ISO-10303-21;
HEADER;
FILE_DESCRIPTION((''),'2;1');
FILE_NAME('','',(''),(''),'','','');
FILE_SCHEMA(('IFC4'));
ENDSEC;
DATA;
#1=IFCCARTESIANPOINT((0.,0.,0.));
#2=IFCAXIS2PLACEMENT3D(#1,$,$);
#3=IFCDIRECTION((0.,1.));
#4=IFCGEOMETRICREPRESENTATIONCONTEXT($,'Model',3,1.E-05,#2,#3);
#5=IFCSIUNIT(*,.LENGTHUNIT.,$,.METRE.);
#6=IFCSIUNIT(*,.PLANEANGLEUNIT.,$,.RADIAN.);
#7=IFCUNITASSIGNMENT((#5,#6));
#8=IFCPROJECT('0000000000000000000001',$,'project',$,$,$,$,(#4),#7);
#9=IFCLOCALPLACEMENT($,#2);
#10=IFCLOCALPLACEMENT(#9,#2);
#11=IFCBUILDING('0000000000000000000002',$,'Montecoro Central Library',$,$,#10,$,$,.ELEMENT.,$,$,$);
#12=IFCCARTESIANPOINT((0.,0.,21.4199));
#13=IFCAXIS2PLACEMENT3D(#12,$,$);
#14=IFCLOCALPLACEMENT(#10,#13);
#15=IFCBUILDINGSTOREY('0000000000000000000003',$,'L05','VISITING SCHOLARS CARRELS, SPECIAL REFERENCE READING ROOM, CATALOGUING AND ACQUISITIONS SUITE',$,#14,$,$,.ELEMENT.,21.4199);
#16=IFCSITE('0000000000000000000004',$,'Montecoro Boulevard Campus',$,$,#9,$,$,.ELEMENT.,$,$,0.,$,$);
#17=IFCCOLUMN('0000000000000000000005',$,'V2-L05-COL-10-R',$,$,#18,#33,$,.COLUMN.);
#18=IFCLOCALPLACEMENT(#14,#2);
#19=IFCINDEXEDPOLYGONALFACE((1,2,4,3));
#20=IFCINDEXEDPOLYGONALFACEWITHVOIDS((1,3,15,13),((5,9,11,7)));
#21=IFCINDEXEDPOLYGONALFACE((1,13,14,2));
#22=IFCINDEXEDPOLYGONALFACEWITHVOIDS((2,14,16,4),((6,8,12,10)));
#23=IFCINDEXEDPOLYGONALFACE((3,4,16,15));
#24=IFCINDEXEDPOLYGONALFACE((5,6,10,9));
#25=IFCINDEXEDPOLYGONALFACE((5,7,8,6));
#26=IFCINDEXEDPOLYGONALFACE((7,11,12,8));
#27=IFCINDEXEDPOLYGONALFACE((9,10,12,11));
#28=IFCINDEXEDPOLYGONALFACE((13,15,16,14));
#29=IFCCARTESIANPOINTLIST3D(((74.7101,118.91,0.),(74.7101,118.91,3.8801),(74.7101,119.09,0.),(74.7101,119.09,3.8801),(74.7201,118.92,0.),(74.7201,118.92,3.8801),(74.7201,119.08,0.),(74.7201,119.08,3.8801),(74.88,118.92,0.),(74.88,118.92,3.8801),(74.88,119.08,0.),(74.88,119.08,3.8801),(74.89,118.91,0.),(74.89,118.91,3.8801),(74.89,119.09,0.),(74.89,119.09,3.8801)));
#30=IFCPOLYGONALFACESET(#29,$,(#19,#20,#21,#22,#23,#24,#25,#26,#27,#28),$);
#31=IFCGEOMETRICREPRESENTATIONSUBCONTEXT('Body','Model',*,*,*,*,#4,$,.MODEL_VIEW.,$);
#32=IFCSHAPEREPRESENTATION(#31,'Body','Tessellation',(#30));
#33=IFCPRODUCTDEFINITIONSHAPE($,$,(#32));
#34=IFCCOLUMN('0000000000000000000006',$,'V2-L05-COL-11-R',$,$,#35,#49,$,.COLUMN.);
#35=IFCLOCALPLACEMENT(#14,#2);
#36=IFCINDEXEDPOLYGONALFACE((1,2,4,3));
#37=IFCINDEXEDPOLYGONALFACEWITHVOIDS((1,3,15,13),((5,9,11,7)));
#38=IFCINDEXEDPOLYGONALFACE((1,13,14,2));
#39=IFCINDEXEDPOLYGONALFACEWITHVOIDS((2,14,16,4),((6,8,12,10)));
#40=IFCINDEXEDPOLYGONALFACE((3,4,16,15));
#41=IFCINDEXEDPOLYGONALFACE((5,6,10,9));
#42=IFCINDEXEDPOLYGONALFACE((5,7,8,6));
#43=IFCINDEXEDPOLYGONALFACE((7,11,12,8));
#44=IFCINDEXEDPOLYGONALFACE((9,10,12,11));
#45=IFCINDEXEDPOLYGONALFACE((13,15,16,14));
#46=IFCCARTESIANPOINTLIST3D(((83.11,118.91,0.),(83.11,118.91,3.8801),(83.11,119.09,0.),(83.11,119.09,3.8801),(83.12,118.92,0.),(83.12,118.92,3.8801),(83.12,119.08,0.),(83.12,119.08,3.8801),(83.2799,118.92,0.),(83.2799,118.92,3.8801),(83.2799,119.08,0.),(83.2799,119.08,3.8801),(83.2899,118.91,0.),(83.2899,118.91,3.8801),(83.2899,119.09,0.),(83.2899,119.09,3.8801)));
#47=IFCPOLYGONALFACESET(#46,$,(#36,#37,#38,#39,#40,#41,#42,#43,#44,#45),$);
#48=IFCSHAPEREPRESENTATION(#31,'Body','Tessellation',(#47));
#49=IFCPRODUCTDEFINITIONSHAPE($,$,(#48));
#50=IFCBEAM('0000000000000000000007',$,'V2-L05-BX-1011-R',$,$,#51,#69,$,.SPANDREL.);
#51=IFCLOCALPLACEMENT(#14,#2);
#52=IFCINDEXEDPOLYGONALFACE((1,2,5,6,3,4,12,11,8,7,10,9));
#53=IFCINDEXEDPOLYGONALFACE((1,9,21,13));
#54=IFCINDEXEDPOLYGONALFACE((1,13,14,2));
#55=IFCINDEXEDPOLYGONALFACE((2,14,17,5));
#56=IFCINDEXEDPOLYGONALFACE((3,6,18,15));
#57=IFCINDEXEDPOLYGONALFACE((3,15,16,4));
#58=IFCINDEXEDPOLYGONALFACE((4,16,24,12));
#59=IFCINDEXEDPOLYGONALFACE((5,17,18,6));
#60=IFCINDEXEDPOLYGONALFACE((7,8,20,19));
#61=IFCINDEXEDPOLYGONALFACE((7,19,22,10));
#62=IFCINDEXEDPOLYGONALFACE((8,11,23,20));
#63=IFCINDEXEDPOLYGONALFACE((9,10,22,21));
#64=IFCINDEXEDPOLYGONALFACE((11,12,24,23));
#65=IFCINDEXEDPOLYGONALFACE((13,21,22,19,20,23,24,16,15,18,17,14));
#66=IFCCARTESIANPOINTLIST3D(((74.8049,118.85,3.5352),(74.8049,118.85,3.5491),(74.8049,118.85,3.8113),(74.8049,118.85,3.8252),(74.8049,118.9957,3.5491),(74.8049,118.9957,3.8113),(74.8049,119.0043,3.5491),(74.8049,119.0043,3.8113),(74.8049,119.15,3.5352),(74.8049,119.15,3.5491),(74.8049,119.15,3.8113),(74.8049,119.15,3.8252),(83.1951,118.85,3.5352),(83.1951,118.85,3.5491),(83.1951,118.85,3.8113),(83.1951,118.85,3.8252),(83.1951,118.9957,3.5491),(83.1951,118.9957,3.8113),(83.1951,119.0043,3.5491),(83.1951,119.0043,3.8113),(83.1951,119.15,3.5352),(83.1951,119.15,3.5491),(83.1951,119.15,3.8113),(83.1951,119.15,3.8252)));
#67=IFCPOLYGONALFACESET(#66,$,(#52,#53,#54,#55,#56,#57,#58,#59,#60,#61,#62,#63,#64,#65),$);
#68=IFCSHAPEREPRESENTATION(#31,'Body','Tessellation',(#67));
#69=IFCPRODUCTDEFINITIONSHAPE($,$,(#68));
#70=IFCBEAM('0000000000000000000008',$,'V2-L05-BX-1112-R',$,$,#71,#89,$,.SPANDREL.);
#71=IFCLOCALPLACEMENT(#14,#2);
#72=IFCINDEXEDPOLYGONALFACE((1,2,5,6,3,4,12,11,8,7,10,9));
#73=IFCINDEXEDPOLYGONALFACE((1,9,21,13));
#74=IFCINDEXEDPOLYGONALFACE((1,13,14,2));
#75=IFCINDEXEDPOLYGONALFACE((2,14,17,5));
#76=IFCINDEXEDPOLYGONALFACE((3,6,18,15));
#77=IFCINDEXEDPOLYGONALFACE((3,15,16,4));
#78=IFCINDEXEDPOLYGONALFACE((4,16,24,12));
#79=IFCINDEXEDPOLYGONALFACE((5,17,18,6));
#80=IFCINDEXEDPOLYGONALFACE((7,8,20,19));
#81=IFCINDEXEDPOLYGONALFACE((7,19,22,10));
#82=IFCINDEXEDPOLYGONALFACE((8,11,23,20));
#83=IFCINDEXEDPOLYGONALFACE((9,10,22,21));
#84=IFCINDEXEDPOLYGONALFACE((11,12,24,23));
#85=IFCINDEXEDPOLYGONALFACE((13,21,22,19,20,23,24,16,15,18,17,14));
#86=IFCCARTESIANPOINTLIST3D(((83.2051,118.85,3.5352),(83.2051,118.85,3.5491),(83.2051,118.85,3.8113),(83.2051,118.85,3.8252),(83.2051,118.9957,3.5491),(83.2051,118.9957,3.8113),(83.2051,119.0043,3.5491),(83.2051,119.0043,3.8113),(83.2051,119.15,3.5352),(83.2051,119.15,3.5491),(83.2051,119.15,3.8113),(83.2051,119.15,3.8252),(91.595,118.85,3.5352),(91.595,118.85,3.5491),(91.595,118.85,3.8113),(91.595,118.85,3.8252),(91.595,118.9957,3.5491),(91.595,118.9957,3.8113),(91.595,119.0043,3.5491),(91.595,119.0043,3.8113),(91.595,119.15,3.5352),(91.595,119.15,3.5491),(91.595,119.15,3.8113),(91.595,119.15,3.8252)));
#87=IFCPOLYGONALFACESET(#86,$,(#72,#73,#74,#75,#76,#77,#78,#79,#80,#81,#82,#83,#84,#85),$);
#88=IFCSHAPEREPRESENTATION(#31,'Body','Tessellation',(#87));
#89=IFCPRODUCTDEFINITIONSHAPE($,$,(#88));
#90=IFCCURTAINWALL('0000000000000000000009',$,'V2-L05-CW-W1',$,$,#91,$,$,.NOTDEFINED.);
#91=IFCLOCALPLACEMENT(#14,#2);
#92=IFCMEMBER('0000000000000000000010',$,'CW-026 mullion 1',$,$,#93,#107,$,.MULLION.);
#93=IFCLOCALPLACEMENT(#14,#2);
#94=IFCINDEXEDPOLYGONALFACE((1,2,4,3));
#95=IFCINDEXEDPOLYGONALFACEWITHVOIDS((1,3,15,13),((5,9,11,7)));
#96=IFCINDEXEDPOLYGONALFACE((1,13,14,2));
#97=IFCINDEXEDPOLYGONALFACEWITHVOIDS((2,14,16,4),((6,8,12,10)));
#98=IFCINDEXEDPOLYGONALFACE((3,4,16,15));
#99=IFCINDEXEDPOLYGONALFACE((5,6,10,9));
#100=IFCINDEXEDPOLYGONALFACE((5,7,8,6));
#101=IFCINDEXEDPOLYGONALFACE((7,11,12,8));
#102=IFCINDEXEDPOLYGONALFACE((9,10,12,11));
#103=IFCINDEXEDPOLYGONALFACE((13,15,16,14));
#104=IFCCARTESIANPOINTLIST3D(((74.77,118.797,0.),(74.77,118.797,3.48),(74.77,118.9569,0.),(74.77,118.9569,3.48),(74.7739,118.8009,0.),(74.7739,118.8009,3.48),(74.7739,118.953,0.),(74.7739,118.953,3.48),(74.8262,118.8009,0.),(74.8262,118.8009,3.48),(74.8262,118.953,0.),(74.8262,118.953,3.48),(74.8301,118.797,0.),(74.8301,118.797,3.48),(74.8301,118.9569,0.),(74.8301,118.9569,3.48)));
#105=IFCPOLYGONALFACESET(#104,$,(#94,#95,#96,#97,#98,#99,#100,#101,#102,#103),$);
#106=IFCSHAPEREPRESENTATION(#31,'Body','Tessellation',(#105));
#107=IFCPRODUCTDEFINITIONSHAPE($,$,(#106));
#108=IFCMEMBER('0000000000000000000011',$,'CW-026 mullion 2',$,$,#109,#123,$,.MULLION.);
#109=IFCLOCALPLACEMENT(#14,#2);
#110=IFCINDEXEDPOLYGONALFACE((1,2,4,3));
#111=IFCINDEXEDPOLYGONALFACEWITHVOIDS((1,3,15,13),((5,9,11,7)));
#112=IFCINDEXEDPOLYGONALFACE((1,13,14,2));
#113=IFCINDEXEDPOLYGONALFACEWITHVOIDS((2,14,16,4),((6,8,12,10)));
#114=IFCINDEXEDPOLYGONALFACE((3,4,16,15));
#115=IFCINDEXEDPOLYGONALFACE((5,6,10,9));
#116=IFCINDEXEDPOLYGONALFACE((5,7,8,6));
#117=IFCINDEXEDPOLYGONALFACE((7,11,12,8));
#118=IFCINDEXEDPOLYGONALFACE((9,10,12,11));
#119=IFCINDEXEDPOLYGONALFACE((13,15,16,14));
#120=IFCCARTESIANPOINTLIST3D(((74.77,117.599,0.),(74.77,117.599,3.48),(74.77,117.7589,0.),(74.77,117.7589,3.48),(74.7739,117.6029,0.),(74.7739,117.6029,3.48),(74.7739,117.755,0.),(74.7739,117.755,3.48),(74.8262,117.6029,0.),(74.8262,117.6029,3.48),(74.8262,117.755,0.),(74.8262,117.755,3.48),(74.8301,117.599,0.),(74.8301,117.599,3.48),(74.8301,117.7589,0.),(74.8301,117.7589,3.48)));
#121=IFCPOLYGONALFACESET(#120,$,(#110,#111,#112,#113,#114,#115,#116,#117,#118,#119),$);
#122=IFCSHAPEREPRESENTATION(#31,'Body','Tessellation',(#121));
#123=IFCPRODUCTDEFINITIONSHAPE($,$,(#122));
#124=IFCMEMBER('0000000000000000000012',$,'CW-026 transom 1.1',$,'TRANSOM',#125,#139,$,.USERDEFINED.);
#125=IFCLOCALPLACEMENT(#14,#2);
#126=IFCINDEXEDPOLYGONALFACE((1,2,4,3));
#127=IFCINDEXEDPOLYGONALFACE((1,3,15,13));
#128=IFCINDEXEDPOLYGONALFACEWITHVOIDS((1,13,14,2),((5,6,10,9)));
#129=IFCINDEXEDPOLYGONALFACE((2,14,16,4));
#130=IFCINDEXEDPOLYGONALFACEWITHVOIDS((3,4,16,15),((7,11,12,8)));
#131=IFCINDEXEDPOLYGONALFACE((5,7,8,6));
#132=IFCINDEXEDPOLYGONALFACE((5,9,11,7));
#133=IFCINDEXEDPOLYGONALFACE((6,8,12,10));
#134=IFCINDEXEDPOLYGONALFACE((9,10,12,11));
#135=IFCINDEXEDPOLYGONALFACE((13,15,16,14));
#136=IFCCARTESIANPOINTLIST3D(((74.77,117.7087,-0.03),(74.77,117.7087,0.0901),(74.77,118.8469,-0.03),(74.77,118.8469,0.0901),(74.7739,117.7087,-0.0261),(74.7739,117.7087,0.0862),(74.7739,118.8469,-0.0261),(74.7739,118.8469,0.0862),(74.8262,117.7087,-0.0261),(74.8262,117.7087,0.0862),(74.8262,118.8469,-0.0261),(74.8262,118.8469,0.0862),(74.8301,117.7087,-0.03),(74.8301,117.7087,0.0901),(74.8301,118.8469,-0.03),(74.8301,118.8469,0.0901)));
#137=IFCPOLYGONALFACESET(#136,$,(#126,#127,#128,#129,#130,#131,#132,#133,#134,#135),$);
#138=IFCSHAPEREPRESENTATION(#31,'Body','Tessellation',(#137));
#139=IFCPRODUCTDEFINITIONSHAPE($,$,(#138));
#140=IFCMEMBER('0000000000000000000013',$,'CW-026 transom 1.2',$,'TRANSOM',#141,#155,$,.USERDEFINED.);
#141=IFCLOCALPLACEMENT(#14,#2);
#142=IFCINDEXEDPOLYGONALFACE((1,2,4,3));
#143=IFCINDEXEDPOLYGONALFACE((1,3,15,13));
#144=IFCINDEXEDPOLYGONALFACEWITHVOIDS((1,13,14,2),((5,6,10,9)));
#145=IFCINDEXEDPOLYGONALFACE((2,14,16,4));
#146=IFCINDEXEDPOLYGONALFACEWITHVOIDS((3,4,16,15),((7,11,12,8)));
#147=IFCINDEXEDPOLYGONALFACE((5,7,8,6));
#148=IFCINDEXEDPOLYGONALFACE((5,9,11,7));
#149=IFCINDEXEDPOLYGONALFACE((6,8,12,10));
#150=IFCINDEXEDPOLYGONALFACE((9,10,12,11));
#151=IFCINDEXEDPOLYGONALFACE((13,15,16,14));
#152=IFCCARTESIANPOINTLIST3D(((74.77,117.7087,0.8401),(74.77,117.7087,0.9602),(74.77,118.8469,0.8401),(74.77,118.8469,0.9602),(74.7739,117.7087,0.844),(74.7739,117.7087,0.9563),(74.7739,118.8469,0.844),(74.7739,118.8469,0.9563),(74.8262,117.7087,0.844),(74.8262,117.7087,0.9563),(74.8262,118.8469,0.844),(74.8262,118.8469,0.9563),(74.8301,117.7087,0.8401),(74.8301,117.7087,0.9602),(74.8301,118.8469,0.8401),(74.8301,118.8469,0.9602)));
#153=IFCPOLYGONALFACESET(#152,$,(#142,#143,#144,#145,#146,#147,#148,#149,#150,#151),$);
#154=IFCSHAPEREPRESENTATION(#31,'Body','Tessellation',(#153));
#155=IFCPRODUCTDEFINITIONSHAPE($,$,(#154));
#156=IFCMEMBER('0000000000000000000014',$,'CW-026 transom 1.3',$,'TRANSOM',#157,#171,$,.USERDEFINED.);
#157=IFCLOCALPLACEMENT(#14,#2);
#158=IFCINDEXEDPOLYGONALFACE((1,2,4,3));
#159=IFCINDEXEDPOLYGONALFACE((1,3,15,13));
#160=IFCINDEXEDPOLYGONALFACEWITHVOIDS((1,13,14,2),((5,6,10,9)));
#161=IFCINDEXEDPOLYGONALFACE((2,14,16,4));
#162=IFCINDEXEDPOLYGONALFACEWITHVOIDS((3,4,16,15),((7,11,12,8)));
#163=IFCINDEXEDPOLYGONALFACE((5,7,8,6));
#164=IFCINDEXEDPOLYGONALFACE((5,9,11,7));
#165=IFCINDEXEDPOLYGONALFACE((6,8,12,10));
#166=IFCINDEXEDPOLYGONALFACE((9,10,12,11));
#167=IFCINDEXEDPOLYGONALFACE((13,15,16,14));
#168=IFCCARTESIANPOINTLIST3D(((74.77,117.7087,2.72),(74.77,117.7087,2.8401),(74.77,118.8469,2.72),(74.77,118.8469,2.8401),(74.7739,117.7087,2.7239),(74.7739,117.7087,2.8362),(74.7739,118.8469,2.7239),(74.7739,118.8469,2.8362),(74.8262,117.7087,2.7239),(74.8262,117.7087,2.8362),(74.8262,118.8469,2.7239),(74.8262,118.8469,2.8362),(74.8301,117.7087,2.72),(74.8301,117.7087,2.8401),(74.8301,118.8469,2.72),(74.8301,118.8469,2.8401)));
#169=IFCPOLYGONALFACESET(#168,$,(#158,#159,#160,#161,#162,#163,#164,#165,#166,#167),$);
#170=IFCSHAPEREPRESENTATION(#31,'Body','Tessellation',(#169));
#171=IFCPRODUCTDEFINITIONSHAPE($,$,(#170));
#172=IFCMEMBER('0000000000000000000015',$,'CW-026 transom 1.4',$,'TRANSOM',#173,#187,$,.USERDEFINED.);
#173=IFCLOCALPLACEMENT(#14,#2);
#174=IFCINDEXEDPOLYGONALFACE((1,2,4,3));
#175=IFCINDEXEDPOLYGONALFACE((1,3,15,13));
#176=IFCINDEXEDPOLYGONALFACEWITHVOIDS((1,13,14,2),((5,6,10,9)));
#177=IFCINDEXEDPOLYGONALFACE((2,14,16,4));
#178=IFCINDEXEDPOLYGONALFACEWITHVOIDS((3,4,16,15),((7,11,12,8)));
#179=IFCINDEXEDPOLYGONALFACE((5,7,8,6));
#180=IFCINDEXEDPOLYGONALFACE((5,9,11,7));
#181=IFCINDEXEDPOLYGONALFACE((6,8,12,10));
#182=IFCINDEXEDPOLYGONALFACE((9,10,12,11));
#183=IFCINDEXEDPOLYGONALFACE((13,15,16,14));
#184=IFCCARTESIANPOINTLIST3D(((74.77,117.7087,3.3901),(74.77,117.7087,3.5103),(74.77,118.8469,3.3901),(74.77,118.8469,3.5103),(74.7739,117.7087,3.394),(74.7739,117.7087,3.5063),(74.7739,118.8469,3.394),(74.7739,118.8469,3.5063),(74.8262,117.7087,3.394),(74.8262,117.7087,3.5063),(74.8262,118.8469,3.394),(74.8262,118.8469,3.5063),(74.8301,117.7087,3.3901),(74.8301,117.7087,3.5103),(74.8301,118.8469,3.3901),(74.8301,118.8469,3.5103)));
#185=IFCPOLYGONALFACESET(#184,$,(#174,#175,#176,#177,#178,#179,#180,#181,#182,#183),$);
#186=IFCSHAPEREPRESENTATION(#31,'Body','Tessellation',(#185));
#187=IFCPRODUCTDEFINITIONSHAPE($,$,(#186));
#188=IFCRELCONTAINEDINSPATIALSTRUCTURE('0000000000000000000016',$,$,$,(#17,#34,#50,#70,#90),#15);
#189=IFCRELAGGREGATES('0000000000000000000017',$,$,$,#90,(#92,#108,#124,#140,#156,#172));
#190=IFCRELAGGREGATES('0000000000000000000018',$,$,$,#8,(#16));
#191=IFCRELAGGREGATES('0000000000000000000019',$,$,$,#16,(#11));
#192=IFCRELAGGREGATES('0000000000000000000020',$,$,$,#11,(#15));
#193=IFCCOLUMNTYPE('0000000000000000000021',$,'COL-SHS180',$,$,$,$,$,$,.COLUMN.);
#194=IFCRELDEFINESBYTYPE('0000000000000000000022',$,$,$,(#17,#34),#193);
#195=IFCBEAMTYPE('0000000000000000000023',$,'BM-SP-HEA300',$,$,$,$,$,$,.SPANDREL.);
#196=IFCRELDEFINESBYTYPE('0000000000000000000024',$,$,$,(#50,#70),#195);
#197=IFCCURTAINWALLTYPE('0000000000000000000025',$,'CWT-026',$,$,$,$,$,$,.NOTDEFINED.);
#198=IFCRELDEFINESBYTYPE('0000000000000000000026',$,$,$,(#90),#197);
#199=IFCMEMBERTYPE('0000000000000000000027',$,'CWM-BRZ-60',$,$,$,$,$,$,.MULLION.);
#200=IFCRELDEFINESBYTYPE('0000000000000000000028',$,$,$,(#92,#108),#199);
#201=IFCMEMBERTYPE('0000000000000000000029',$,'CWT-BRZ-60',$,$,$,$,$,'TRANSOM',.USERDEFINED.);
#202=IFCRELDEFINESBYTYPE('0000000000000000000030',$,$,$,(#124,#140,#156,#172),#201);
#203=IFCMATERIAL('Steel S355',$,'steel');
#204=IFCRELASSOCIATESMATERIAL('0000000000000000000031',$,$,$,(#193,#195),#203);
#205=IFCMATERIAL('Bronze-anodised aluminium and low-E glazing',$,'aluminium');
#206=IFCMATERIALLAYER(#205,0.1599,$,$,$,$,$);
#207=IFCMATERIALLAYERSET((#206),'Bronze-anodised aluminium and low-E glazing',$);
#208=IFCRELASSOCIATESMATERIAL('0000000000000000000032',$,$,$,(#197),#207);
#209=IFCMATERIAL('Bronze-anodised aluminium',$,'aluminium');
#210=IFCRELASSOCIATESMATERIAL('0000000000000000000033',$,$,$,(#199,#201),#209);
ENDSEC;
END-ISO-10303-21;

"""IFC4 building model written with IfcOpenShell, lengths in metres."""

from ifc_helpers import new_model, si_unit, direction, frame, origin, origin_2d, place, context, subcontext, project, spatial, hollow_rectangle, i_section, extrude, material, layer, layer_set, material_profile, profile_set, type_object, element, aggregate, save


model = new_model("IFC4")

# Units and contexts
model_context = context("Model", 3, precision=1e-05, world=origin(), true_north=direction((0.0, 1.0)))
body_context = subcontext(model_context, "Body", "Model", "MODEL_VIEW")
ifc_project = project(units=[si_unit("LENGTHUNIT", "METRE"), si_unit("PLANEANGLEUNIT", "RADIAN")], contexts=[model_context])

# Site, building, storey
site_placement = place(None, origin())
site = spatial("IfcSite", under=ifc_project, at=site_placement, Name="Montecoro Boulevard Campus", CompositionType="ELEMENT", RefElevation=0.0)
building_placement = place(site_placement, origin())
building = spatial("IfcBuilding", under=site, at=building_placement, Name="Montecoro Central Library", CompositionType="ELEMENT")
storey_placement = place(building_placement, frame((0.0, 0.0, 21.4199)))
storey = spatial("IfcBuildingStorey", under=building, at=storey_placement, Name="L05", Description="VISITING SCHOLARS CARRELS, SPECIAL REFERENCE READING ROOM, CATALOGUING AND ACQUISITIONS SUITE", CompositionType="ELEMENT", Elevation=21.4199)

# Columns
ifc_material_1 = material(Name="Steel S355", Category="steel")
ifc_material_profile_1 = material_profile(ifc_material_1, hollow_rectangle(XDim=0.1799, YDim=0.1799, WallThickness=0.01, at=origin_2d()), Name="SHS 180x180x10.0")
ifc_profile_set_1 = profile_set([ifc_material_profile_1], Name="Steel S355")
column_type = type_object("IfcColumnType", Name="COL-SHS180", PredefinedType="COLUMN", material=ifc_profile_set_1)
for number, where, z_axis, x_axis, name in (
    (1, (74.8, 119.0, 0.0), (0.0, 0.0, 1.0), (1.0, 0.0, 0.0), "V2-L05-COL-10-R"),
    (2, (83.2, 119.0, 0.0), (0.0, 0.0, 1.0), (1.0, 0.0, 0.0), "V2-L05-COL-11-R"),
):
    element("IfcColumn", number, at=place(storey_placement, frame(where, z_axis=z_axis, x_axis=x_axis)), inside=storey, type_object=column_type, Name=name, PredefinedType="COLUMN", context=body_context, shape_type="SweptSolid", body=[
        extrude(hollow_rectangle(XDim=0.1799, YDim=0.1799, WallThickness=0.01, at=origin_2d()), origin(), (0.0, 0.0, 1.0), 3.8801),
    ])

# Beams
ifc_material_profile_2 = material_profile(ifc_material_1, i_section(OverallWidth=0.3, OverallDepth=0.29, WebThickness=0.0085, FlangeThickness=0.0139, at=origin_2d()), Name="HEA 300")
ifc_profile_set_2 = profile_set([ifc_material_profile_2], Name="Steel S355")
beam_type = type_object("IfcBeamType", Name="BM-SP-HEA300", PredefinedType="SPANDREL", material=ifc_profile_set_2)
beam_1_placement = place(storey_placement, frame((74.8049, 119.0, 3.6802), z_axis=(1.0, 0.0, 0.0), x_axis=(0.0, 1.0, 0.0)))
element("IfcBeam", 3, at=beam_1_placement, inside=storey, type_object=beam_type, Name="V2-L05-BX-1011-R", PredefinedType="SPANDREL", context=body_context, shape_type="SweptSolid", body=[
    extrude(i_section(OverallWidth=0.3, OverallDepth=0.29, WebThickness=0.0085, FlangeThickness=0.0139, at=origin_2d()), origin(), (0.0, 0.0, 1.0), 8.3901),
])
beam_2_placement = place(storey_placement, frame((83.2051, 119.0, 3.6802), z_axis=(1.0, 0.0, 0.0), x_axis=(0.0, 1.0, 0.0)))
element("IfcBeam", 4, at=beam_2_placement, inside=storey, type_object=beam_type, Name="V2-L05-BX-1112-R", PredefinedType="SPANDREL", context=body_context, shape_type="SweptSolid", body=[
    extrude(i_section(OverallWidth=0.3, OverallDepth=0.29, WebThickness=0.0085, FlangeThickness=0.0139, at=origin_2d()), origin(), (0.0, 0.0, 1.0), 8.3899),
])

# Curtain wall, members
ifc_material_2 = material(Name="Bronze-anodised aluminium and low-E glazing", Category="aluminium")
ifc_layer_1 = layer(ifc_material_2, 0.1599)
ifc_layer_set_1 = layer_set([ifc_layer_1], Name="Bronze-anodised aluminium and low-E glazing")
curtain_wall_type = type_object("IfcCurtainWallType", Name="CWT-026", PredefinedType="NOTDEFINED", material=ifc_layer_set_1)
curtain_wall_placement = place(storey_placement, origin())
curtain_wall = element("IfcCurtainWall", 5, at=curtain_wall_placement, inside=storey, type_object=curtain_wall_type, Name="V2-L05-CW-W1", PredefinedType="NOTDEFINED")
ifc_material_3 = material(Name="Bronze-anodised aluminium", Category="aluminium")
ifc_material_profile_3 = material_profile(ifc_material_3, hollow_rectangle(XDim=0.0601, YDim=0.1599, WallThickness=0.0039, at=origin_2d()), Name="CWM 160x60x4.0")
ifc_profile_set_3 = profile_set([ifc_material_profile_3], Name="Bronze-anodised aluminium")
member_type_1 = type_object("IfcMemberType", Name="CWM-BRZ-60", PredefinedType="MULLION", material=ifc_profile_set_3)
member_1_placement = place(storey_placement, frame((74.8, 118.877, 0.0), z_axis=(0.0, 0.0, 1.0), x_axis=(1.0, 0.0, 0.0)))
member_1 = element("IfcMember", 6, at=member_1_placement, type_object=member_type_1, Name="CW-026 mullion 1", PredefinedType="MULLION", context=body_context, shape_type="SweptSolid", body=[
    extrude(hollow_rectangle(XDim=0.0601, YDim=0.1599, WallThickness=0.0039, at=origin_2d()), origin(), (0.0, 0.0, 1.0), 3.48),
])
member_2_placement = place(storey_placement, frame((74.8, 117.679, 0.0), z_axis=(0.0, 0.0, 1.0), x_axis=(1.0, 0.0, 0.0)))
member_2 = element("IfcMember", 7, at=member_2_placement, type_object=member_type_1, Name="CW-026 mullion 2", PredefinedType="MULLION", context=body_context, shape_type="SweptSolid", body=[
    extrude(hollow_rectangle(XDim=0.0601, YDim=0.1599, WallThickness=0.0039, at=origin_2d()), origin(), (0.0, 0.0, 1.0), 3.48),
])
ifc_material_profile_4 = material_profile(ifc_material_3, hollow_rectangle(XDim=0.0601, YDim=0.1201, WallThickness=0.0039, at=origin_2d()), Name="CWT 120x60x4.0")
ifc_profile_set_4 = profile_set([ifc_material_profile_4], Name="Bronze-anodised aluminium")
member_type_2 = type_object("IfcMemberType", Name="CWT-BRZ-60", ElementType="TRANSOM", PredefinedType="USERDEFINED", material=ifc_profile_set_4)
member_3_placement = place(storey_placement, frame((74.8, 118.8469, 0.03), z_axis=(0.0, -1.0, 0.0), x_axis=(1.0, 0.0, 0.0)))
member_3 = element("IfcMember", 8, at=member_3_placement, type_object=member_type_2, Name="CW-026 transom 1.1", ObjectType="TRANSOM", PredefinedType="USERDEFINED", context=body_context, shape_type="SweptSolid", body=[
    extrude(hollow_rectangle(XDim=0.0601, YDim=0.1201, WallThickness=0.0039, at=origin_2d()), origin(), (0.0, 0.0, 1.0), 1.1382),
])
member_4_placement = place(storey_placement, frame((74.8, 118.8469, 0.9001), z_axis=(0.0, -1.0, 0.0), x_axis=(1.0, 0.0, 0.0)))
member_4 = element("IfcMember", 9, at=member_4_placement, type_object=member_type_2, Name="CW-026 transom 1.2", ObjectType="TRANSOM", PredefinedType="USERDEFINED", context=body_context, shape_type="SweptSolid", body=[
    extrude(hollow_rectangle(XDim=0.0601, YDim=0.1201, WallThickness=0.0039, at=origin_2d()), origin(), (0.0, 0.0, 1.0), 1.1382),
])
member_5_placement = place(storey_placement, frame((74.8, 118.8469, 2.78), z_axis=(0.0, -1.0, 0.0), x_axis=(1.0, 0.0, 0.0)))
member_5 = element("IfcMember", 10, at=member_5_placement, type_object=member_type_2, Name="CW-026 transom 1.3", ObjectType="TRANSOM", PredefinedType="USERDEFINED", context=body_context, shape_type="SweptSolid", body=[
    extrude(hollow_rectangle(XDim=0.0601, YDim=0.1201, WallThickness=0.0039, at=origin_2d()), origin(), (0.0, 0.0, 1.0), 1.1382),
])
member_6_placement = place(storey_placement, frame((74.8, 118.8469, 3.4502), z_axis=(0.0, -1.0, 0.0), x_axis=(1.0, 0.0, 0.0)))
member_6 = element("IfcMember", 11, at=member_6_placement, type_object=member_type_2, Name="CW-026 transom 1.4", ObjectType="TRANSOM", PredefinedType="USERDEFINED", context=body_context, shape_type="SweptSolid", body=[
    extrude(hollow_rectangle(XDim=0.0601, YDim=0.1201, WallThickness=0.0039, at=origin_2d()), origin(), (0.0, 0.0, 1.0), 1.1382),
])

aggregate(curtain_wall, [member_1, member_2, member_3, member_4, member_5, member_6])

save(model, "model.ifc")
